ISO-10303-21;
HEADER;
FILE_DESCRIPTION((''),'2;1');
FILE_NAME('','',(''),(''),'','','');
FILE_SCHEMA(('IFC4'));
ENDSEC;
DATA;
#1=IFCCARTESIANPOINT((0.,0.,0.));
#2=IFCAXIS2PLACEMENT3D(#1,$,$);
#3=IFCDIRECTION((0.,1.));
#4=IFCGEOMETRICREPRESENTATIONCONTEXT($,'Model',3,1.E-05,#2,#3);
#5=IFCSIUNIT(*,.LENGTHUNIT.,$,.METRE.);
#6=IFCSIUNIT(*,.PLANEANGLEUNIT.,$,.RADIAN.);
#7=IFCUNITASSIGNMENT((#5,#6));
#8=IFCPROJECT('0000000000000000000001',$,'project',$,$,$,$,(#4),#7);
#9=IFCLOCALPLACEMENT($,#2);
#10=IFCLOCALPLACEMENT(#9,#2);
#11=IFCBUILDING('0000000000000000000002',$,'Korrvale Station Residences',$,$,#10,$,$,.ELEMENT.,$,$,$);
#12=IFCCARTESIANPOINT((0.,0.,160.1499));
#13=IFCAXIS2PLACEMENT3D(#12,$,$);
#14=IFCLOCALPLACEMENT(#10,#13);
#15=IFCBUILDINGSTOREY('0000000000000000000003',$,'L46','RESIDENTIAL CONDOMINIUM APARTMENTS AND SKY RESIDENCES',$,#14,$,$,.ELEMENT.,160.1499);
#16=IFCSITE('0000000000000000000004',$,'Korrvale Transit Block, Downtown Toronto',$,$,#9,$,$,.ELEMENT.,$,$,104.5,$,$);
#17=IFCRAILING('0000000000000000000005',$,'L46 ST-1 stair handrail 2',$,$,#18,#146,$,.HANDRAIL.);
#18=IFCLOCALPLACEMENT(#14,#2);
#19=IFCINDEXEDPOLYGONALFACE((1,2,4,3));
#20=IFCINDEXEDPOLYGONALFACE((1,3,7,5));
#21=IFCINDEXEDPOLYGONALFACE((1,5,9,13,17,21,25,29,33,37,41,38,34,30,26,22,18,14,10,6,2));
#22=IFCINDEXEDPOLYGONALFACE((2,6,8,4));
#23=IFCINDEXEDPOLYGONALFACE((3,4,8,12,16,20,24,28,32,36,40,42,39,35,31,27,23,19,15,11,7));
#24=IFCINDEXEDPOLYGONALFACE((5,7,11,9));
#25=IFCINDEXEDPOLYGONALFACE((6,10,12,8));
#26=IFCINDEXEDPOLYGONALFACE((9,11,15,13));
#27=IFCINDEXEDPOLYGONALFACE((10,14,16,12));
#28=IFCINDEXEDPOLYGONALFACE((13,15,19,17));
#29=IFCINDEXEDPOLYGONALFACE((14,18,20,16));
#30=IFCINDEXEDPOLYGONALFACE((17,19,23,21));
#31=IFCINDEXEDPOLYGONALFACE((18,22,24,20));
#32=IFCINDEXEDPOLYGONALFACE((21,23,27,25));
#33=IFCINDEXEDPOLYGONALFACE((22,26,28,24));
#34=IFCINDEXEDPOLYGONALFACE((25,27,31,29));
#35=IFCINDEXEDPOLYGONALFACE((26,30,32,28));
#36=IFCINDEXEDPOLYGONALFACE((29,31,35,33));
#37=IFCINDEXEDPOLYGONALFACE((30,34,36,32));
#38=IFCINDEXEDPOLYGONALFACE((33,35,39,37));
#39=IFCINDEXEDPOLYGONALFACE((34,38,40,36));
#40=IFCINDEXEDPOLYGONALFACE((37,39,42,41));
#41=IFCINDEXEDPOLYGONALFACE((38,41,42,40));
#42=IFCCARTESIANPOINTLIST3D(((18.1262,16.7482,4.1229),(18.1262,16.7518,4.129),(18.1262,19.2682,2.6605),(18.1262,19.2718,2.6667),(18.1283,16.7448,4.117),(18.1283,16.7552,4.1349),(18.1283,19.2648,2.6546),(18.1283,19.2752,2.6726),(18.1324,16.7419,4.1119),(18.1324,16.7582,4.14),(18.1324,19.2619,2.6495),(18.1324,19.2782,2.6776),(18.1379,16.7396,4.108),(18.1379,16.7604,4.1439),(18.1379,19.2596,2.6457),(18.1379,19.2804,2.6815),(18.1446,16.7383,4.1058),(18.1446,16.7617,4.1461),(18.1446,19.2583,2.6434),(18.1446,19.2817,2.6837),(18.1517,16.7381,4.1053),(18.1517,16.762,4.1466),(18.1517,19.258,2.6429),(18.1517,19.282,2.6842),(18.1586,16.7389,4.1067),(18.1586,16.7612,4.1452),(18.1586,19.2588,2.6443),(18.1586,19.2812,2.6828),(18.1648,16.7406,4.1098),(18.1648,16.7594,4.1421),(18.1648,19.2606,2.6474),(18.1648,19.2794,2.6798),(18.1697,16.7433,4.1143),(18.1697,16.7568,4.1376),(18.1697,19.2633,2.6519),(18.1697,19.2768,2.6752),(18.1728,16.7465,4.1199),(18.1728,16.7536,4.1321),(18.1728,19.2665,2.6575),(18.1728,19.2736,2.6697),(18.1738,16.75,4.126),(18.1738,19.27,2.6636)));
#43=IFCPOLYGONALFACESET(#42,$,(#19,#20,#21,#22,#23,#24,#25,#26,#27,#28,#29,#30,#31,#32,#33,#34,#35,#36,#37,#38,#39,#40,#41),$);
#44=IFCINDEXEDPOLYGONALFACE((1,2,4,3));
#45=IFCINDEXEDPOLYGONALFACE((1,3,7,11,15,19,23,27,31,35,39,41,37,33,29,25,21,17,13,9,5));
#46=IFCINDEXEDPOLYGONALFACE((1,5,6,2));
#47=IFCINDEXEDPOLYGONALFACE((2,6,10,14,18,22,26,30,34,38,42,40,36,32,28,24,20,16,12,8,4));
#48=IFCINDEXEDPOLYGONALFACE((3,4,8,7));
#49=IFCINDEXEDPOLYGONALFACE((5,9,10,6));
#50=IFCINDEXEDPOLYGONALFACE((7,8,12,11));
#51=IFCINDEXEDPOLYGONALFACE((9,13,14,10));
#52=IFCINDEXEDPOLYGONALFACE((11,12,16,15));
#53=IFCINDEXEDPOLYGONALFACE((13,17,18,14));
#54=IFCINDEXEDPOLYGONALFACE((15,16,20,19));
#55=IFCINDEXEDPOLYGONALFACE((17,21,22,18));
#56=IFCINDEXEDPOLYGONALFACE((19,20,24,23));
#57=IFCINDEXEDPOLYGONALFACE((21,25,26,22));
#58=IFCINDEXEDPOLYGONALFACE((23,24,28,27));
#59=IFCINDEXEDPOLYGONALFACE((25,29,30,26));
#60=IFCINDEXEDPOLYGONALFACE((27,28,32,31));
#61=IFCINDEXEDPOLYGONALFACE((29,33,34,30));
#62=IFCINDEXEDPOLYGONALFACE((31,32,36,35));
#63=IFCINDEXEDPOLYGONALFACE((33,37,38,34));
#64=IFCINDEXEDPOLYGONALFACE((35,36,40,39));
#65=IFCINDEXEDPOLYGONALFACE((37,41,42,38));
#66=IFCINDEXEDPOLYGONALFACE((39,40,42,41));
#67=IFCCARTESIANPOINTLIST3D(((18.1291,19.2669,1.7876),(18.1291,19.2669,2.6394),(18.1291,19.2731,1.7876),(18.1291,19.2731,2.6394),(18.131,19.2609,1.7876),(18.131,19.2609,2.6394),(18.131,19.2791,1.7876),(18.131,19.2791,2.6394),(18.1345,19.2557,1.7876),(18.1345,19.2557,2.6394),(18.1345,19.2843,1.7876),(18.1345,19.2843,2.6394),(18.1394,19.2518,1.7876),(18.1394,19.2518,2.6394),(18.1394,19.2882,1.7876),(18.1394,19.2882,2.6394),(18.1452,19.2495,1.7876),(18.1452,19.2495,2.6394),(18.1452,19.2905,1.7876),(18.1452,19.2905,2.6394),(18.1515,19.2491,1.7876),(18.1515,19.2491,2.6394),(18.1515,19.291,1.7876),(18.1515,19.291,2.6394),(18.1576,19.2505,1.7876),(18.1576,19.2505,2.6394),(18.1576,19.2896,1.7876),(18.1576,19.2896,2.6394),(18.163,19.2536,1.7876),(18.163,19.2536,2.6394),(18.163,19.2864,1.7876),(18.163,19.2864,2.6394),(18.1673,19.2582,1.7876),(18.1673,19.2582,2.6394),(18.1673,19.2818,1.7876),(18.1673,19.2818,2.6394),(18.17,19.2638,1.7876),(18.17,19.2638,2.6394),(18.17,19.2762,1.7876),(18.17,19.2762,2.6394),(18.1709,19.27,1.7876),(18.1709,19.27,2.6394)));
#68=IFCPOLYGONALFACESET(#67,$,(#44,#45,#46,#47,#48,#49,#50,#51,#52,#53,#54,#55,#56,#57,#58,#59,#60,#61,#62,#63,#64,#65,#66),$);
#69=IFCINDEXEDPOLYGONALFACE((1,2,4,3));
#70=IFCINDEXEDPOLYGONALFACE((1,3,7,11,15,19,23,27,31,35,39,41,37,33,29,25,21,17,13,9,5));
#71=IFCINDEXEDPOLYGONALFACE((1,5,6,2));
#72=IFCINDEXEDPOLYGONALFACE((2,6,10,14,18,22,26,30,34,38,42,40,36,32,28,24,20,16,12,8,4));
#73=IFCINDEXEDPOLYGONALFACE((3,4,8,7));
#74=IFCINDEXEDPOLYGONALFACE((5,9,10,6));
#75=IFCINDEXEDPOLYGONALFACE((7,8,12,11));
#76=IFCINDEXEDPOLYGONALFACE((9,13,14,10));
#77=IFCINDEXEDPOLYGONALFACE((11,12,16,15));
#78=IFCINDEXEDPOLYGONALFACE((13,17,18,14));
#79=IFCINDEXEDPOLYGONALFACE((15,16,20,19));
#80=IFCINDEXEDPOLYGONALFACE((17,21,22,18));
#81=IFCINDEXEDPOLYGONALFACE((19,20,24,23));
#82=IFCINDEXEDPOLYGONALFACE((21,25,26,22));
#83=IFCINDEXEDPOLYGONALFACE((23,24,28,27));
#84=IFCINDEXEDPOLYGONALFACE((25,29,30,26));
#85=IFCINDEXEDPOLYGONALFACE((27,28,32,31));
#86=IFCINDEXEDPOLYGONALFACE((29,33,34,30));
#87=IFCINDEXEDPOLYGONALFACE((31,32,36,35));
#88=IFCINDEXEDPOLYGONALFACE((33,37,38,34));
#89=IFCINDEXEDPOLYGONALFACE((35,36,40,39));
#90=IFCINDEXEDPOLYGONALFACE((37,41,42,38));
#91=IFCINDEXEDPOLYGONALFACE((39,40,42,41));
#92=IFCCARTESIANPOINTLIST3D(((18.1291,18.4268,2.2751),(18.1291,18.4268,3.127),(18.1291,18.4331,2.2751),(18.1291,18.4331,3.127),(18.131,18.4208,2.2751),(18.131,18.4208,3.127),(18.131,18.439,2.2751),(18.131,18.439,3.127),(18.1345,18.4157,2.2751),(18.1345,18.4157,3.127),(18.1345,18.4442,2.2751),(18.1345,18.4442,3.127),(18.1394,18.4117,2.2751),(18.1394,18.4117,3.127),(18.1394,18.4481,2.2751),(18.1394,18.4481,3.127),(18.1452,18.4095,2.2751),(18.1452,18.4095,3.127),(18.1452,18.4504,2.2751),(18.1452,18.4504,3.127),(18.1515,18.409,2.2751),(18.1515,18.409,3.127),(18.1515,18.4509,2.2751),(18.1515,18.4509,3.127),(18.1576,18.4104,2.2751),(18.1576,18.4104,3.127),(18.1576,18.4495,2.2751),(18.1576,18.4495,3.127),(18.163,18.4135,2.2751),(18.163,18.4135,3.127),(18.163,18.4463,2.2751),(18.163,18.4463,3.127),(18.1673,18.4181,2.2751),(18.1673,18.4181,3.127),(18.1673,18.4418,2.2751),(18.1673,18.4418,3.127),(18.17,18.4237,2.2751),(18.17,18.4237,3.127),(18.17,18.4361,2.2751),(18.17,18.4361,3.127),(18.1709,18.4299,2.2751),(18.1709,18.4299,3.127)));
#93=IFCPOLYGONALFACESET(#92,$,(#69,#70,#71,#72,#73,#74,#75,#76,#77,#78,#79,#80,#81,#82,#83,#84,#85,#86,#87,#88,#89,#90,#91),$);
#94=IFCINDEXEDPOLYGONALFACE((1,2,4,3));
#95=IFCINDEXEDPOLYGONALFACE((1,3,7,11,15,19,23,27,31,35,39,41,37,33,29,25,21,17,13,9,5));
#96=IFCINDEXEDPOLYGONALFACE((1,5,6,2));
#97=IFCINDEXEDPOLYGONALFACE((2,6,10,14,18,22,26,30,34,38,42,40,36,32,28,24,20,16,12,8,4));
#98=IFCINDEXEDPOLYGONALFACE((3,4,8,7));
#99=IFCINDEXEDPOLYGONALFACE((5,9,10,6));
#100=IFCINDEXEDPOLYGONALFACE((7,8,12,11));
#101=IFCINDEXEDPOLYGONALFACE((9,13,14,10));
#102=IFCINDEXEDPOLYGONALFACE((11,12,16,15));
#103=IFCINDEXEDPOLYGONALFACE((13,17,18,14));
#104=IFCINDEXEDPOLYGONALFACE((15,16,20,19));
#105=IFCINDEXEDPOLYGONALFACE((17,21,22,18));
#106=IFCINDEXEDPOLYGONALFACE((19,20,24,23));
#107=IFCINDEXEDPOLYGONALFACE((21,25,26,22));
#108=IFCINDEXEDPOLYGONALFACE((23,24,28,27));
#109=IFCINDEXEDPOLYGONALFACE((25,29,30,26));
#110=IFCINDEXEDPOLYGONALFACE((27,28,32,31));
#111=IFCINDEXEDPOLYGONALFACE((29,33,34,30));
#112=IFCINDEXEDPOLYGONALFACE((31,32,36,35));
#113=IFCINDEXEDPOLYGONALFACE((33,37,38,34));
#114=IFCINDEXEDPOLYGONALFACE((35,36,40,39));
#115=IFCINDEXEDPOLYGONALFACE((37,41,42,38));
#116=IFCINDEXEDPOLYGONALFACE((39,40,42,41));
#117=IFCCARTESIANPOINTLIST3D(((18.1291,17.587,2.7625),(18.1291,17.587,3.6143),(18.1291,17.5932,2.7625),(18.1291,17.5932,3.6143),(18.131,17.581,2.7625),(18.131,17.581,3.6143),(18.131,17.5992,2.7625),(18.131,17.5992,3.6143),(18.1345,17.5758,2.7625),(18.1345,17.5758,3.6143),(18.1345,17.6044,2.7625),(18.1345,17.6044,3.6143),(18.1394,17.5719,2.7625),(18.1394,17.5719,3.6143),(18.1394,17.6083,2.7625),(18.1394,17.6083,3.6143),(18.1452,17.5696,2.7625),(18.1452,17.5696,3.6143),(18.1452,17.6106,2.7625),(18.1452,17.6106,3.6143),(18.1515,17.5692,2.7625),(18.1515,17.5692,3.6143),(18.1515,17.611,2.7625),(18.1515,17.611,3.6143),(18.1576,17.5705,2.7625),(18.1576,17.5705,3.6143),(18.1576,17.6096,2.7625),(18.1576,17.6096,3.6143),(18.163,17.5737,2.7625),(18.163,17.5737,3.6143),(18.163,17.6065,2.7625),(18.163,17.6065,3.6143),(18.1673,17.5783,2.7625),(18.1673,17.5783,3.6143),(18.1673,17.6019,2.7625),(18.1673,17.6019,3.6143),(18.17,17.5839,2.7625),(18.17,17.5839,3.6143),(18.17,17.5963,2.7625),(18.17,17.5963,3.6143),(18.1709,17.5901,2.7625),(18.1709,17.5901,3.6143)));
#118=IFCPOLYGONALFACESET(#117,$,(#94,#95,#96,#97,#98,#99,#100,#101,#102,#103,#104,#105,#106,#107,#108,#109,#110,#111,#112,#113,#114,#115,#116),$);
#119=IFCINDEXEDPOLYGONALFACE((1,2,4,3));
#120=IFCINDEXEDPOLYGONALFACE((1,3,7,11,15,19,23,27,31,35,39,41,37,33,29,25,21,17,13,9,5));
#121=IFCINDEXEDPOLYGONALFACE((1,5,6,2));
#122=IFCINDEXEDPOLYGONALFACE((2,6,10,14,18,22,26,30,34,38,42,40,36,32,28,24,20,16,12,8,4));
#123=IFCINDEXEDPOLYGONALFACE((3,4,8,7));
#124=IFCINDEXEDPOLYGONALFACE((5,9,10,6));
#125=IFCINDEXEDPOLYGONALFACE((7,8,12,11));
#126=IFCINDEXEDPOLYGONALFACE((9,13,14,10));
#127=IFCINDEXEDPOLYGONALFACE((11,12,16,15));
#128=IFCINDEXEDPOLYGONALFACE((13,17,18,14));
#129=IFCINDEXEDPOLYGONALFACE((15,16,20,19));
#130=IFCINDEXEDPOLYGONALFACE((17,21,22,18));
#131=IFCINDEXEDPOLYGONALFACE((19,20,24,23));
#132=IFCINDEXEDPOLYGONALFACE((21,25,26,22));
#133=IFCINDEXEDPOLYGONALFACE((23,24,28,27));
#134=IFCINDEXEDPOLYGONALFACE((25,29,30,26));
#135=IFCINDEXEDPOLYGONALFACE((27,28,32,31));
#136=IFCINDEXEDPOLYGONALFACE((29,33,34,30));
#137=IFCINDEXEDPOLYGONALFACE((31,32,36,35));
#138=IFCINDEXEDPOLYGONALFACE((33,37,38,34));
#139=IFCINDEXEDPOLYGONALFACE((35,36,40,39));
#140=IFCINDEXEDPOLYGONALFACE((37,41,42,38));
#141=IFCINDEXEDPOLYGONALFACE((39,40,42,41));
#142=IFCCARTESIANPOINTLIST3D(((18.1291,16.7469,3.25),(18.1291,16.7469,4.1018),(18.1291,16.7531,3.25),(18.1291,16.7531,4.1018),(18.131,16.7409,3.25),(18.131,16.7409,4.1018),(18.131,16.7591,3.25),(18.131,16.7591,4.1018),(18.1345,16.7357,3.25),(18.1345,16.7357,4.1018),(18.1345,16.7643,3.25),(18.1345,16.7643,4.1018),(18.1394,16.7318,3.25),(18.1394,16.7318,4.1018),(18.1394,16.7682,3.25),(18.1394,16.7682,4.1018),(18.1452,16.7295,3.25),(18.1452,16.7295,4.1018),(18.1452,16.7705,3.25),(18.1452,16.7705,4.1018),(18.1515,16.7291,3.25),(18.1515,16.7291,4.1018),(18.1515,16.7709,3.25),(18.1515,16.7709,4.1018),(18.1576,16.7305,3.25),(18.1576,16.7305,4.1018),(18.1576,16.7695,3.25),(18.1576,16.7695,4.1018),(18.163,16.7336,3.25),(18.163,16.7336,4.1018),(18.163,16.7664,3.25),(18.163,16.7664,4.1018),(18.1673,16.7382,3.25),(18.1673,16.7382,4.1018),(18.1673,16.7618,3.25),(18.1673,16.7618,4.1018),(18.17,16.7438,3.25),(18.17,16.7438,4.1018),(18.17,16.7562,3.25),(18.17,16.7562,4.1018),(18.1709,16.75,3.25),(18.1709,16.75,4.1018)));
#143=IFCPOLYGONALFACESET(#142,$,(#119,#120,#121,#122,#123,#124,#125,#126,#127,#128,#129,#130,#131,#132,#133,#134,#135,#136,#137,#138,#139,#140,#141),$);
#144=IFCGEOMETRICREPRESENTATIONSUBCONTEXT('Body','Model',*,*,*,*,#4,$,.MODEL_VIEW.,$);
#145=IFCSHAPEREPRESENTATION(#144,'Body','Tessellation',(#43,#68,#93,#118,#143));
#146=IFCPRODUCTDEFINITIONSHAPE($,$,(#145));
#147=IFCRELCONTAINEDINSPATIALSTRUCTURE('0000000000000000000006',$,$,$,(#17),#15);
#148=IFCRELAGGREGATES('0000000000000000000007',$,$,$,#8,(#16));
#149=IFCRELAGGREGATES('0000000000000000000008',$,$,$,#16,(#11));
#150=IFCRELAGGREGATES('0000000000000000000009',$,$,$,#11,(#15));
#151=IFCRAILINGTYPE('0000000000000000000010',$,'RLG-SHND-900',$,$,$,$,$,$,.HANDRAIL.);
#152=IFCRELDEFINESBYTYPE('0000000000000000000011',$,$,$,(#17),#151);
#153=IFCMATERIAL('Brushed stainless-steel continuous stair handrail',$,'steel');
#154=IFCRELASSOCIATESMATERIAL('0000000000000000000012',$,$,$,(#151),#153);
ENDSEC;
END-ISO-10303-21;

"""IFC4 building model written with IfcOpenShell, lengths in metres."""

from ifc_helpers import new_model, si_unit, direction, frame, origin, origin_2d, place, context, subcontext, project, spatial, circle, extrude, material, type_object, element, save


model = new_model("IFC4")

# Units and contexts
model_context = context("Model", 3, precision=1e-05, world=origin(), true_north=direction((0.0, 1.0)))
body_context = subcontext(model_context, "Body", "Model", "MODEL_VIEW")
ifc_project = project(units=[si_unit("LENGTHUNIT", "METRE"), si_unit("PLANEANGLEUNIT", "RADIAN")], contexts=[model_context])

# Site, building, storey
site_placement = place(None, origin())
site = spatial("IfcSite", under=ifc_project, at=site_placement, Name="Korrvale Transit Block, Downtown Toronto", CompositionType="ELEMENT", RefElevation=104.5)
building_placement = place(site_placement, origin())
building = spatial("IfcBuilding", under=site, at=building_placement, Name="Korrvale Station Residences", CompositionType="ELEMENT")
storey_placement = place(building_placement, frame((0.0, 0.0, 160.1499)))
storey = spatial("IfcBuildingStorey", under=building, at=storey_placement, Name="L46", Description="RESIDENTIAL CONDOMINIUM APARTMENTS AND SKY RESIDENCES", CompositionType="ELEMENT", Elevation=160.1499)

# Railing
ifc_material_1 = material(Name="Brushed stainless-steel continuous stair handrail", Category="steel")
railing_type_1 = type_object("IfcRailingType", Name="RLG-SHND-900", PredefinedType="HANDRAIL", material=ifc_material_1)
railing_1_placement = place(storey_placement, frame((18.1499, 19.27, 1.7876)))
element("IfcRailing", 1, at=railing_1_placement, inside=storey, type_object=railing_type_1, Name="L46 ST-1 stair handrail 2", PredefinedType="HANDRAIL", context=body_context, shape_type="SweptSolid", body=[
    extrude(circle(Radius=0.0239, at=origin_2d()), frame((0.0, 0.0, 0.876), z_axis=(0.0, -0.864913, 0.501921), x_axis=(1.0, 0.0, 0.0)), (0.0, 0.0, 1.0), 2.9136),
    extrude(circle(Radius=0.021, at=origin_2d()), origin(), (0.0, 0.0, 1.0), 0.8518),
    extrude(circle(Radius=0.021, at=origin_2d()), frame((0.0, -0.8401, 0.4875)), (0.0, 0.0, 1.0), 0.8518),
    extrude(circle(Radius=0.021, at=origin_2d()), frame((0.0, -1.6799, 0.9749)), (0.0, 0.0, 1.0), 0.8518),
    extrude(circle(Radius=0.021, at=origin_2d()), frame((0.0, -2.52, 1.4624)), (0.0, 0.0, 1.0), 0.8518),
])

save(model, "model.ifc")
